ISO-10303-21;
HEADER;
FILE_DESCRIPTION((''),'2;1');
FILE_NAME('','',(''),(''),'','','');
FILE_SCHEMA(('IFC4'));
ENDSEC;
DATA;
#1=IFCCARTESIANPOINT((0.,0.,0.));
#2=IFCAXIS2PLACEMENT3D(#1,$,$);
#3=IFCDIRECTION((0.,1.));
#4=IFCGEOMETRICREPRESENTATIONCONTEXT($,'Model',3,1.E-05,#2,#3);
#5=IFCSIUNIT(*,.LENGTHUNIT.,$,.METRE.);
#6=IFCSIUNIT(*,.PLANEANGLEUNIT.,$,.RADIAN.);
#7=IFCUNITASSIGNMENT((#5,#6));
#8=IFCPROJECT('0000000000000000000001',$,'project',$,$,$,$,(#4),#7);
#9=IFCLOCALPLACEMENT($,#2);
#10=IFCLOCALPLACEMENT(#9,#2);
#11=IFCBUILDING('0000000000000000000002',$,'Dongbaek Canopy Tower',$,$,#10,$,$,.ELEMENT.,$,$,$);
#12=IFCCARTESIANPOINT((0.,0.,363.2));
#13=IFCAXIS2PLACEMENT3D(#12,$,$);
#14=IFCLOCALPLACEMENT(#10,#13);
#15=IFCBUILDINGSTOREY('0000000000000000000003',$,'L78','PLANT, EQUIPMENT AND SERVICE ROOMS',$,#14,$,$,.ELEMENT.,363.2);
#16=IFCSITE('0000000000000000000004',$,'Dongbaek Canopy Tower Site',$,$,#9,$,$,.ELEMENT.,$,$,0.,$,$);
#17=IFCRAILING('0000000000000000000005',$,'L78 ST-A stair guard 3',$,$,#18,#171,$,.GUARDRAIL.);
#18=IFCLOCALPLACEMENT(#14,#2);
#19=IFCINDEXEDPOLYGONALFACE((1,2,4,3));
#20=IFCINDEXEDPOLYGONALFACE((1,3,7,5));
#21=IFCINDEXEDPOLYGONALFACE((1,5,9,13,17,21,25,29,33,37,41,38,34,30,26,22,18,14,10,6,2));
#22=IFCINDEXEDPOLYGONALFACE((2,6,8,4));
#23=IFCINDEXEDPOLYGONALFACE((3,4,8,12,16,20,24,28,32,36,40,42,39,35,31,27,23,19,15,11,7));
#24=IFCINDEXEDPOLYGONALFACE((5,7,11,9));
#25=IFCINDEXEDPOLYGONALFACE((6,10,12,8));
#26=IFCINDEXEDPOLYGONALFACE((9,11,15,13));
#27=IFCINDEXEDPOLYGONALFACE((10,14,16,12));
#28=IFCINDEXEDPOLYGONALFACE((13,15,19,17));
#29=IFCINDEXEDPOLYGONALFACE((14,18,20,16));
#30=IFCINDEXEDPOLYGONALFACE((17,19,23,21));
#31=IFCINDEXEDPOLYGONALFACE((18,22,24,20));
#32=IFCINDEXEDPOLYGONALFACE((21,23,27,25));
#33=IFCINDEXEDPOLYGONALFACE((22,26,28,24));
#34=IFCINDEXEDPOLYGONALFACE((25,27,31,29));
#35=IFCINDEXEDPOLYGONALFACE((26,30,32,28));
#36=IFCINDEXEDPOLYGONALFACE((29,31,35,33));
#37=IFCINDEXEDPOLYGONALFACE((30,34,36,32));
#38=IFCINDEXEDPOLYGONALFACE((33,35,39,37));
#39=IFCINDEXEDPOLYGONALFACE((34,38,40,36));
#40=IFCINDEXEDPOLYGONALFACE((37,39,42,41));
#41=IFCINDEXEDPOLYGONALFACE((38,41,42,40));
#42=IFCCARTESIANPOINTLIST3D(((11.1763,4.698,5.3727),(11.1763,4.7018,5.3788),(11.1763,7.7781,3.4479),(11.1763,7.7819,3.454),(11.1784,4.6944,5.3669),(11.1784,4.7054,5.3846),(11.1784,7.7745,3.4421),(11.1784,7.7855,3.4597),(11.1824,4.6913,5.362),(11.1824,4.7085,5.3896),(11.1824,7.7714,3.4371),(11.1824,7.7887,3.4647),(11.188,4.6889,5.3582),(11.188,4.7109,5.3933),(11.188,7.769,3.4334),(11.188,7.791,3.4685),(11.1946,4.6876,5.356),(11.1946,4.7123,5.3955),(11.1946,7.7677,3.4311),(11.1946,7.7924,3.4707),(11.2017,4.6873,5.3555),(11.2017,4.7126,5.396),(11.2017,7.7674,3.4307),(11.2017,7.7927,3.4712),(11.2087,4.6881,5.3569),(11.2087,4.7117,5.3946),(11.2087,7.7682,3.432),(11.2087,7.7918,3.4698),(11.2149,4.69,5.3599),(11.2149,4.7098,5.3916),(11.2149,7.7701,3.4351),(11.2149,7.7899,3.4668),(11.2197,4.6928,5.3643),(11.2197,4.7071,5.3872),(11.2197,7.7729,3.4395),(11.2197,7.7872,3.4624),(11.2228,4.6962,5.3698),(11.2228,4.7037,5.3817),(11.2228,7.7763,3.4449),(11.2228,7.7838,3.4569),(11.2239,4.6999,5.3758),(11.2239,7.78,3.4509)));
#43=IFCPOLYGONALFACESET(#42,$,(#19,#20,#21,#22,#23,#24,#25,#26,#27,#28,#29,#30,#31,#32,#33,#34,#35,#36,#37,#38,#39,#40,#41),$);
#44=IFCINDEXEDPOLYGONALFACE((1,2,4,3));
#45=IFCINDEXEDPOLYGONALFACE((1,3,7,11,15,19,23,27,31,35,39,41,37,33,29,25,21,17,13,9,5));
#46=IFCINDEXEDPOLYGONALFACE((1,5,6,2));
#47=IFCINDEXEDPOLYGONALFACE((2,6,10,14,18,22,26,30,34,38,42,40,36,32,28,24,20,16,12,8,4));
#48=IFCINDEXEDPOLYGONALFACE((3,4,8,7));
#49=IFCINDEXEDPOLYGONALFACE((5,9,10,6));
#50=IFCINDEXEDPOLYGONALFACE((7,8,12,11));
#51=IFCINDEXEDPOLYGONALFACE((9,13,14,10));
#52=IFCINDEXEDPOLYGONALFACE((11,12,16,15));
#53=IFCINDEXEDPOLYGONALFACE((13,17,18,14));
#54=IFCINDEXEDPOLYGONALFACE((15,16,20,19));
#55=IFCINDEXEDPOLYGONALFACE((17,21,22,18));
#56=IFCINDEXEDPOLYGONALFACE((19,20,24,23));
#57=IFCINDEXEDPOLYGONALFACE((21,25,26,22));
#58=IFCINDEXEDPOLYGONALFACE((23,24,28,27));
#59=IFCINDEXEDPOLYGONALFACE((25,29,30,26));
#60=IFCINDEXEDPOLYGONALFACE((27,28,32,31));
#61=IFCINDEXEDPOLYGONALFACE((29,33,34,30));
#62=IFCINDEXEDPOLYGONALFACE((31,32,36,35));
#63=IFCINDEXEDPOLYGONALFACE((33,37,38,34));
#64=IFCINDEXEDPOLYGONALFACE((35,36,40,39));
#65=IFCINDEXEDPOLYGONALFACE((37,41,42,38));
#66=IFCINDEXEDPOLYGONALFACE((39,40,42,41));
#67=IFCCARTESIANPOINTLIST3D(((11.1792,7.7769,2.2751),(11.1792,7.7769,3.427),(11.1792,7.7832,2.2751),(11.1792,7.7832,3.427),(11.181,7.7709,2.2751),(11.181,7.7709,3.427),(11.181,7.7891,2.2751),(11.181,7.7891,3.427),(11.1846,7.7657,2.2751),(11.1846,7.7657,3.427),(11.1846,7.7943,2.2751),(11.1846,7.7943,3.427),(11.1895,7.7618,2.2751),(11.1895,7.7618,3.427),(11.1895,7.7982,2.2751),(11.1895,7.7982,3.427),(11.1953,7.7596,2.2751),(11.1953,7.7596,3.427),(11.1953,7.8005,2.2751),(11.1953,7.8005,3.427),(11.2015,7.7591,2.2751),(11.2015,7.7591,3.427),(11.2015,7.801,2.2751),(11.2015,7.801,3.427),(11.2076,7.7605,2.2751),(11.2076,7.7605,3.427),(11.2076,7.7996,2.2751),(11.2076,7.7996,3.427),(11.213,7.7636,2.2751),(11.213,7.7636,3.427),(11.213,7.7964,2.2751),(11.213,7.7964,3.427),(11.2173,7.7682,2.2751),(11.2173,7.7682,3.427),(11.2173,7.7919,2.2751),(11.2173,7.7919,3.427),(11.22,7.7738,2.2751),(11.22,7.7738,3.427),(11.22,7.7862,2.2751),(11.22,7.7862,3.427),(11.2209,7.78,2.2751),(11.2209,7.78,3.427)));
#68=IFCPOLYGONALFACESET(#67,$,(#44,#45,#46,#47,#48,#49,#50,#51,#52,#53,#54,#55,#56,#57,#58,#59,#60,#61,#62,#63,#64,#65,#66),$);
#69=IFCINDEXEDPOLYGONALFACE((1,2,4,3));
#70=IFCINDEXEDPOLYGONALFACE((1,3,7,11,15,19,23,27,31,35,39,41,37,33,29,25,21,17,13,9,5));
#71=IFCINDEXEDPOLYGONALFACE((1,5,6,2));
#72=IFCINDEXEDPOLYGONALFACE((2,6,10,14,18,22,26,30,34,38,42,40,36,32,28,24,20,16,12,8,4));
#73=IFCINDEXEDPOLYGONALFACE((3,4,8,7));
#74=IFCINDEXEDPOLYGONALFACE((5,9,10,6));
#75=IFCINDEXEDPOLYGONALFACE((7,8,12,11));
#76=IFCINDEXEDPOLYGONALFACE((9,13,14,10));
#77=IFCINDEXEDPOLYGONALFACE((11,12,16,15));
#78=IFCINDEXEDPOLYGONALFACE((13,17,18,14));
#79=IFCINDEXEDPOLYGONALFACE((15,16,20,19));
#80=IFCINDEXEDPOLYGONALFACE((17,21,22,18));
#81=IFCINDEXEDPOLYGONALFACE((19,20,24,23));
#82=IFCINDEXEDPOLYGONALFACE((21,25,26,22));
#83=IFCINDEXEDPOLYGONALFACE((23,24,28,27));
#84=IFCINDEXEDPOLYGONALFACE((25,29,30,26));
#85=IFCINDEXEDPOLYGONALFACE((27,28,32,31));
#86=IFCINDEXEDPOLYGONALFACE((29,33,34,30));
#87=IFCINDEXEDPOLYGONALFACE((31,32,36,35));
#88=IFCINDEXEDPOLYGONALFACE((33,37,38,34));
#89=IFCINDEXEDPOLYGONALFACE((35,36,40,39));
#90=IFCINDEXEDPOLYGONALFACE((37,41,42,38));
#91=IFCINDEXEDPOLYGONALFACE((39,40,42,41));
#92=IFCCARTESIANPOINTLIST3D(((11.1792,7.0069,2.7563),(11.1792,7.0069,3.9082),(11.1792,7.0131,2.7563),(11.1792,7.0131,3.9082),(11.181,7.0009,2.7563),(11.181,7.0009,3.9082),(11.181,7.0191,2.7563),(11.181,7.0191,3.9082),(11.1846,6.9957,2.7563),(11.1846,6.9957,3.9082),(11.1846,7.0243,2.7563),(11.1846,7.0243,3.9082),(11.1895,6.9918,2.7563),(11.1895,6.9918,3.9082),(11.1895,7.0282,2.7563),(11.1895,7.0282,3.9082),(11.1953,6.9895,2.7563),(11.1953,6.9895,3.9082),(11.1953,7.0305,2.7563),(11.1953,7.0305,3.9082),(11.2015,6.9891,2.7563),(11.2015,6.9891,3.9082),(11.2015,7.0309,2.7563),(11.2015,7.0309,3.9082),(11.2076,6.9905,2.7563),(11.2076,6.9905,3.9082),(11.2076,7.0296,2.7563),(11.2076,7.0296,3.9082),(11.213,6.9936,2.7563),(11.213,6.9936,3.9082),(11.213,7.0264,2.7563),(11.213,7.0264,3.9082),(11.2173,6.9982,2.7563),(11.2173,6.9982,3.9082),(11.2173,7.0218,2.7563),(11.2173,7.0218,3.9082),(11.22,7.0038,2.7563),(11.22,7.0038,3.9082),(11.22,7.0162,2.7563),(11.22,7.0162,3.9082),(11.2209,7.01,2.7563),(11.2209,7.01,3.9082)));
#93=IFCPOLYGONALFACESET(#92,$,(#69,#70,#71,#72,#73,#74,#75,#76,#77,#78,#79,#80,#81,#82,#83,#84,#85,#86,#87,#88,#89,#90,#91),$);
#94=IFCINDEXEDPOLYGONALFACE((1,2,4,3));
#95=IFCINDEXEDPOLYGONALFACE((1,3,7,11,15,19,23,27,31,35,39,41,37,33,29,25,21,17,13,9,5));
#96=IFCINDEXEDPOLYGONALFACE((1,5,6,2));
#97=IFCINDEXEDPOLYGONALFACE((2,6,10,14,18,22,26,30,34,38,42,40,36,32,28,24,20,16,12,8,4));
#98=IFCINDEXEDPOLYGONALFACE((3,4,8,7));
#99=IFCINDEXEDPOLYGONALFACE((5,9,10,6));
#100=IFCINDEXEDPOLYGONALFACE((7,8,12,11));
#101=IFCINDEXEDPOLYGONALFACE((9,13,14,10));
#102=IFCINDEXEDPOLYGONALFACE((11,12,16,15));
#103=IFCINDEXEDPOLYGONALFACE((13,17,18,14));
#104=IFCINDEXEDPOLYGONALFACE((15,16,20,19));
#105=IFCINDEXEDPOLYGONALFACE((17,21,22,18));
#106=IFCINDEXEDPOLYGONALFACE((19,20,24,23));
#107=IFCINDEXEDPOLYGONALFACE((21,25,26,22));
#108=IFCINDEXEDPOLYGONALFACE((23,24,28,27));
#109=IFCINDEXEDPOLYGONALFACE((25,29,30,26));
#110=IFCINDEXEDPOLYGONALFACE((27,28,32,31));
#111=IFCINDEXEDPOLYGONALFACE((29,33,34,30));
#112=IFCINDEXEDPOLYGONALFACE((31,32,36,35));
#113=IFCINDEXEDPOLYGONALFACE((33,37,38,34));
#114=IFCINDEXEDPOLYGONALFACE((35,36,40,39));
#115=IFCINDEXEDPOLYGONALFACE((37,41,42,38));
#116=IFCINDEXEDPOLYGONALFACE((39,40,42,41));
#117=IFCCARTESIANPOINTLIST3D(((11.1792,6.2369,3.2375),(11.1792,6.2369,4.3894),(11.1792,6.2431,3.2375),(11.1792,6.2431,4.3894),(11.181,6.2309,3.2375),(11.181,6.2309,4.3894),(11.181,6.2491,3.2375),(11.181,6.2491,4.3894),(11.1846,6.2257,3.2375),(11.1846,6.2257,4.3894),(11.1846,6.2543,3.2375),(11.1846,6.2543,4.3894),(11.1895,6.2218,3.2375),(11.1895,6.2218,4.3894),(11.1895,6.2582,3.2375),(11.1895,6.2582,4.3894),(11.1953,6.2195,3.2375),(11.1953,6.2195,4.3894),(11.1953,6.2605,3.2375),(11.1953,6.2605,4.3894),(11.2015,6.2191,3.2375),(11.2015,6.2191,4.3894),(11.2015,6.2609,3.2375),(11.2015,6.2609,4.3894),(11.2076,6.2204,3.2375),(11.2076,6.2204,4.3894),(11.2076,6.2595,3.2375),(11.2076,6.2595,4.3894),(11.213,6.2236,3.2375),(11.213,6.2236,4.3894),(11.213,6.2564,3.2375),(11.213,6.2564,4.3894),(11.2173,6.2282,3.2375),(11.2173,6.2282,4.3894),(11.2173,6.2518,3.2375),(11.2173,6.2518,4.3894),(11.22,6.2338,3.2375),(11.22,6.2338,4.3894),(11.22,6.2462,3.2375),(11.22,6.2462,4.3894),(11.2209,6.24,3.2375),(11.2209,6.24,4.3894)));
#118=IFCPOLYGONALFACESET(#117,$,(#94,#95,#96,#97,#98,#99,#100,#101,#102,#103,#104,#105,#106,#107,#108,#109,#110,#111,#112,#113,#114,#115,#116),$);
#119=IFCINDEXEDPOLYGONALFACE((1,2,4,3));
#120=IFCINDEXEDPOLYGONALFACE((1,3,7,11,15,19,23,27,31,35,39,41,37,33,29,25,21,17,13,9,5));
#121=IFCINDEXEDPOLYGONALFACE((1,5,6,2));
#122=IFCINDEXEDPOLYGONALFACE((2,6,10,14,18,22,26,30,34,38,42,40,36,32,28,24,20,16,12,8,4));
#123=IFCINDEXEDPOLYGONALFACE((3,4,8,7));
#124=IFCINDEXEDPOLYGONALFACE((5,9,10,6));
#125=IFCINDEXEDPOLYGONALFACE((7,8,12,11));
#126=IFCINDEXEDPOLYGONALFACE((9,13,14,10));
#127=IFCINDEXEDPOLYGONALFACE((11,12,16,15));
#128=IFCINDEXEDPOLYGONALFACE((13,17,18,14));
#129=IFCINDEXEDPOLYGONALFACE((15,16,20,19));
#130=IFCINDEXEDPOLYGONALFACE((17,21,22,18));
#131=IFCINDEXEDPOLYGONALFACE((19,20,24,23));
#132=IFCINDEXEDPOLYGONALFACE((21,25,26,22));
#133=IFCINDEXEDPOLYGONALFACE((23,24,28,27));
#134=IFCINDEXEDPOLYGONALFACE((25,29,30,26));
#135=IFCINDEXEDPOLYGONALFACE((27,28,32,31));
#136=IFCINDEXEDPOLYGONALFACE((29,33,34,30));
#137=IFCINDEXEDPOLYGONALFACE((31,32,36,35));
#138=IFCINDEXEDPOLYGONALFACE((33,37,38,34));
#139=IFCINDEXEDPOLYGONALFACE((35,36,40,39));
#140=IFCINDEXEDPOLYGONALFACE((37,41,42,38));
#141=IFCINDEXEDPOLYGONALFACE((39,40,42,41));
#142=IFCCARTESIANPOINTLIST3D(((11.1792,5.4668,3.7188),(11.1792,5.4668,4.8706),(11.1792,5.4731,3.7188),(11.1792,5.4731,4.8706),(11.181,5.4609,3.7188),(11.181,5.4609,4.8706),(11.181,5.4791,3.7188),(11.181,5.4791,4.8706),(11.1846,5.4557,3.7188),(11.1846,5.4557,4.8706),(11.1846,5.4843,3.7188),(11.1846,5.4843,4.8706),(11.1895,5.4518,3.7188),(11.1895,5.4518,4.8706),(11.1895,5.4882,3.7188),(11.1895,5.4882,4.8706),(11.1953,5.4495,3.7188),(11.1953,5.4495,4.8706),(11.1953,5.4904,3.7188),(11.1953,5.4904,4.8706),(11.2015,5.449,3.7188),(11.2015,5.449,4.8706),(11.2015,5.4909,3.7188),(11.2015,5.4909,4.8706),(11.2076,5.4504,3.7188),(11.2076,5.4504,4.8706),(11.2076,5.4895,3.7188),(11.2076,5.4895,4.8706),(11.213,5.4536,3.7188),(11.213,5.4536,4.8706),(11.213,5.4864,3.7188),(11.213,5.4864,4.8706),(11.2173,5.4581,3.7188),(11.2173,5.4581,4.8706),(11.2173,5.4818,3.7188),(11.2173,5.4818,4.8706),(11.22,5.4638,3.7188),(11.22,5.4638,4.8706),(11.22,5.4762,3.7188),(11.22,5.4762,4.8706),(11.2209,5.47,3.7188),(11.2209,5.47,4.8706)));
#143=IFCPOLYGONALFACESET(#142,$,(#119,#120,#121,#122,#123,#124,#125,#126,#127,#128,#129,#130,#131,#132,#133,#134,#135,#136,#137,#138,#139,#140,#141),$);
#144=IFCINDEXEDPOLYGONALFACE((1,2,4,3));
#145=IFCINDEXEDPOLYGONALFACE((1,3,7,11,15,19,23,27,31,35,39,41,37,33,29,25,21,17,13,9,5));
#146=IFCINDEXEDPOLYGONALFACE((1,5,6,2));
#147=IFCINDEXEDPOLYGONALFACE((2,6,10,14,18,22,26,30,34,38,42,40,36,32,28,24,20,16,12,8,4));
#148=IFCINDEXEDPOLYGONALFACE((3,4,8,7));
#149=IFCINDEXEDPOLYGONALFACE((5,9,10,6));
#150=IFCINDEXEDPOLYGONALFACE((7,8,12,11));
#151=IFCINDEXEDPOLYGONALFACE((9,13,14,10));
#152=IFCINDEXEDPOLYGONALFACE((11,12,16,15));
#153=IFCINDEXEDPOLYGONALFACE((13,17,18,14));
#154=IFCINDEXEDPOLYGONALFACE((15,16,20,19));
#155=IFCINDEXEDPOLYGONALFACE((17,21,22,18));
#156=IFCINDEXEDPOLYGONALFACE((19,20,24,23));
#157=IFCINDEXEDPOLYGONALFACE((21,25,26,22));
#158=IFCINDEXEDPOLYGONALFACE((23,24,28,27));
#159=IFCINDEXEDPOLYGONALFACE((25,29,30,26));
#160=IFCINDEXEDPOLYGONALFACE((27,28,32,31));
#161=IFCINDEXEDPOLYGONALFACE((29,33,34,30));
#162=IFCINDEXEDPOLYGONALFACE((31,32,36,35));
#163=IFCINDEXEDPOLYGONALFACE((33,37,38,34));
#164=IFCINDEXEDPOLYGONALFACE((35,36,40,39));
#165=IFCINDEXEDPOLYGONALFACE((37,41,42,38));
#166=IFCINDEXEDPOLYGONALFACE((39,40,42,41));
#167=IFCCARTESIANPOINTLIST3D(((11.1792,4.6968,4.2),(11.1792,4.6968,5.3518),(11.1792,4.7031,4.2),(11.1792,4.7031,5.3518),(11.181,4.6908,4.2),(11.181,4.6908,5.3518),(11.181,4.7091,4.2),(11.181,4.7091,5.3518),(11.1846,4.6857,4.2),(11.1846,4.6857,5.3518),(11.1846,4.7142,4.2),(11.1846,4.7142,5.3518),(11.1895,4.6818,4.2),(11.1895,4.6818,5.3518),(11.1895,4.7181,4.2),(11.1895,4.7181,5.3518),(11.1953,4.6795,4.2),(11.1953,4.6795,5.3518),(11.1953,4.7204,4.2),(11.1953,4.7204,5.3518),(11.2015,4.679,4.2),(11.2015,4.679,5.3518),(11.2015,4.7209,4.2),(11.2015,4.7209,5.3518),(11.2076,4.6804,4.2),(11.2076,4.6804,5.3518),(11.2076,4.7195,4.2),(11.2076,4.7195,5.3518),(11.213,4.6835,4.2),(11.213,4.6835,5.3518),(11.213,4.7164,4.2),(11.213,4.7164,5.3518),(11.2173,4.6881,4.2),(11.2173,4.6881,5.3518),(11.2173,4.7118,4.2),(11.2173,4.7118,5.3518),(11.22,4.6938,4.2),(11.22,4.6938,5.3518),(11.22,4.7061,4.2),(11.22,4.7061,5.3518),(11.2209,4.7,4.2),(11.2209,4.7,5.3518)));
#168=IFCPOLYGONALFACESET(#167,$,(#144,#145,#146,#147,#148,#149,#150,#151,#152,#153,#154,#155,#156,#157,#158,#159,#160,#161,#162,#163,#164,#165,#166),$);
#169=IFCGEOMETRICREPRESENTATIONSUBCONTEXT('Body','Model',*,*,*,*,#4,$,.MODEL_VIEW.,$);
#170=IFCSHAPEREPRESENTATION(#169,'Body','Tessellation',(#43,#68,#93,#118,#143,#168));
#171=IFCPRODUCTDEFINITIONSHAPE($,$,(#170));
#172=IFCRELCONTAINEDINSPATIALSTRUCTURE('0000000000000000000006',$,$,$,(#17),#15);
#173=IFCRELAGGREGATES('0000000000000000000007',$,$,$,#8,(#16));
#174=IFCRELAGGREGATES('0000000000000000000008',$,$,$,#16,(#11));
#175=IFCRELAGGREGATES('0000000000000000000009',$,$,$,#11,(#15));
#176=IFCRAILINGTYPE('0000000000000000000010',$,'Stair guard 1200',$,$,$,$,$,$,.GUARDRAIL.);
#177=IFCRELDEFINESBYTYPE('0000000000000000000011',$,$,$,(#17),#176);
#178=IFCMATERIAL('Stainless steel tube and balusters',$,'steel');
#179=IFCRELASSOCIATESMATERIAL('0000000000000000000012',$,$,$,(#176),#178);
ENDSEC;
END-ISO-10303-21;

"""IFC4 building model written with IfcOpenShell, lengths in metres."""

from ifc_helpers import new_model, si_unit, direction, frame, origin, origin_2d, place, context, subcontext, project, spatial, circle, extrude, material, type_object, element, save


model = new_model("IFC4")

# Units and contexts
model_context = context("Model", 3, precision=1e-05, world=origin(), true_north=direction((0.0, 1.0)))
body_context = subcontext(model_context, "Body", "Model", "MODEL_VIEW")
ifc_project = project(units=[si_unit("LENGTHUNIT", "METRE"), si_unit("PLANEANGLEUNIT", "RADIAN")], contexts=[model_context])

# Site, building, storey
site_placement = place(None, origin())
site = spatial("IfcSite", under=ifc_project, at=site_placement, Name="Dongbaek Canopy Tower Site", CompositionType="ELEMENT", RefElevation=0.0)
building_placement = place(site_placement, origin())
building = spatial("IfcBuilding", under=site, at=building_placement, Name="Dongbaek Canopy Tower", CompositionType="ELEMENT")
storey_placement = place(building_placement, frame((0.0, 0.0, 363.2)))
storey = spatial("IfcBuildingStorey", under=building, at=storey_placement, Name="L78", Description="PLANT, EQUIPMENT AND SERVICE ROOMS", CompositionType="ELEMENT", Elevation=363.2)

# Railing
ifc_material_1 = material(Name="Stainless steel tube and balusters", Category="steel")
railing_type_1 = type_object("IfcRailingType", Name="Stair guard 1200", PredefinedType="GUARDRAIL", material=ifc_material_1)
railing_1_placement = place(storey_placement, frame((11.2, 7.78, 2.2751)))
element("IfcRailing", 1, at=railing_1_placement, inside=storey, type_object=railing_type_1, Name="L78 ST-A stair guard 3", PredefinedType="GUARDRAIL", context=body_context, shape_type="SweptSolid", body=[
    extrude(circle(Radius=0.0239, at=origin_2d()), frame((0.0, 0.0, 1.1758), z_axis=(0.0, -0.848029, 0.529951), x_axis=(1.0, 0.0, 0.0)), (0.0, 0.0, 1.0), 3.6321),
    extrude(circle(Radius=0.021, at=origin_2d()), origin(), (0.0, 0.0, 1.0), 1.1519),
    extrude(circle(Radius=0.021, at=origin_2d()), frame((0.0, -0.77, 0.4812)), (0.0, 0.0, 1.0), 1.1519),
    extrude(circle(Radius=0.021, at=origin_2d()), frame((0.0, -1.54, 0.9624)), (0.0, 0.0, 1.0), 1.1519),
    extrude(circle(Radius=0.021, at=origin_2d()), frame((0.0, -2.3101, 1.4436)), (0.0, 0.0, 1.0), 1.1519),
    extrude(circle(Radius=0.021, at=origin_2d()), frame((0.0, -3.0801, 1.9248)), (0.0, 0.0, 1.0), 1.1519),
])

save(model, "model.ifc")
